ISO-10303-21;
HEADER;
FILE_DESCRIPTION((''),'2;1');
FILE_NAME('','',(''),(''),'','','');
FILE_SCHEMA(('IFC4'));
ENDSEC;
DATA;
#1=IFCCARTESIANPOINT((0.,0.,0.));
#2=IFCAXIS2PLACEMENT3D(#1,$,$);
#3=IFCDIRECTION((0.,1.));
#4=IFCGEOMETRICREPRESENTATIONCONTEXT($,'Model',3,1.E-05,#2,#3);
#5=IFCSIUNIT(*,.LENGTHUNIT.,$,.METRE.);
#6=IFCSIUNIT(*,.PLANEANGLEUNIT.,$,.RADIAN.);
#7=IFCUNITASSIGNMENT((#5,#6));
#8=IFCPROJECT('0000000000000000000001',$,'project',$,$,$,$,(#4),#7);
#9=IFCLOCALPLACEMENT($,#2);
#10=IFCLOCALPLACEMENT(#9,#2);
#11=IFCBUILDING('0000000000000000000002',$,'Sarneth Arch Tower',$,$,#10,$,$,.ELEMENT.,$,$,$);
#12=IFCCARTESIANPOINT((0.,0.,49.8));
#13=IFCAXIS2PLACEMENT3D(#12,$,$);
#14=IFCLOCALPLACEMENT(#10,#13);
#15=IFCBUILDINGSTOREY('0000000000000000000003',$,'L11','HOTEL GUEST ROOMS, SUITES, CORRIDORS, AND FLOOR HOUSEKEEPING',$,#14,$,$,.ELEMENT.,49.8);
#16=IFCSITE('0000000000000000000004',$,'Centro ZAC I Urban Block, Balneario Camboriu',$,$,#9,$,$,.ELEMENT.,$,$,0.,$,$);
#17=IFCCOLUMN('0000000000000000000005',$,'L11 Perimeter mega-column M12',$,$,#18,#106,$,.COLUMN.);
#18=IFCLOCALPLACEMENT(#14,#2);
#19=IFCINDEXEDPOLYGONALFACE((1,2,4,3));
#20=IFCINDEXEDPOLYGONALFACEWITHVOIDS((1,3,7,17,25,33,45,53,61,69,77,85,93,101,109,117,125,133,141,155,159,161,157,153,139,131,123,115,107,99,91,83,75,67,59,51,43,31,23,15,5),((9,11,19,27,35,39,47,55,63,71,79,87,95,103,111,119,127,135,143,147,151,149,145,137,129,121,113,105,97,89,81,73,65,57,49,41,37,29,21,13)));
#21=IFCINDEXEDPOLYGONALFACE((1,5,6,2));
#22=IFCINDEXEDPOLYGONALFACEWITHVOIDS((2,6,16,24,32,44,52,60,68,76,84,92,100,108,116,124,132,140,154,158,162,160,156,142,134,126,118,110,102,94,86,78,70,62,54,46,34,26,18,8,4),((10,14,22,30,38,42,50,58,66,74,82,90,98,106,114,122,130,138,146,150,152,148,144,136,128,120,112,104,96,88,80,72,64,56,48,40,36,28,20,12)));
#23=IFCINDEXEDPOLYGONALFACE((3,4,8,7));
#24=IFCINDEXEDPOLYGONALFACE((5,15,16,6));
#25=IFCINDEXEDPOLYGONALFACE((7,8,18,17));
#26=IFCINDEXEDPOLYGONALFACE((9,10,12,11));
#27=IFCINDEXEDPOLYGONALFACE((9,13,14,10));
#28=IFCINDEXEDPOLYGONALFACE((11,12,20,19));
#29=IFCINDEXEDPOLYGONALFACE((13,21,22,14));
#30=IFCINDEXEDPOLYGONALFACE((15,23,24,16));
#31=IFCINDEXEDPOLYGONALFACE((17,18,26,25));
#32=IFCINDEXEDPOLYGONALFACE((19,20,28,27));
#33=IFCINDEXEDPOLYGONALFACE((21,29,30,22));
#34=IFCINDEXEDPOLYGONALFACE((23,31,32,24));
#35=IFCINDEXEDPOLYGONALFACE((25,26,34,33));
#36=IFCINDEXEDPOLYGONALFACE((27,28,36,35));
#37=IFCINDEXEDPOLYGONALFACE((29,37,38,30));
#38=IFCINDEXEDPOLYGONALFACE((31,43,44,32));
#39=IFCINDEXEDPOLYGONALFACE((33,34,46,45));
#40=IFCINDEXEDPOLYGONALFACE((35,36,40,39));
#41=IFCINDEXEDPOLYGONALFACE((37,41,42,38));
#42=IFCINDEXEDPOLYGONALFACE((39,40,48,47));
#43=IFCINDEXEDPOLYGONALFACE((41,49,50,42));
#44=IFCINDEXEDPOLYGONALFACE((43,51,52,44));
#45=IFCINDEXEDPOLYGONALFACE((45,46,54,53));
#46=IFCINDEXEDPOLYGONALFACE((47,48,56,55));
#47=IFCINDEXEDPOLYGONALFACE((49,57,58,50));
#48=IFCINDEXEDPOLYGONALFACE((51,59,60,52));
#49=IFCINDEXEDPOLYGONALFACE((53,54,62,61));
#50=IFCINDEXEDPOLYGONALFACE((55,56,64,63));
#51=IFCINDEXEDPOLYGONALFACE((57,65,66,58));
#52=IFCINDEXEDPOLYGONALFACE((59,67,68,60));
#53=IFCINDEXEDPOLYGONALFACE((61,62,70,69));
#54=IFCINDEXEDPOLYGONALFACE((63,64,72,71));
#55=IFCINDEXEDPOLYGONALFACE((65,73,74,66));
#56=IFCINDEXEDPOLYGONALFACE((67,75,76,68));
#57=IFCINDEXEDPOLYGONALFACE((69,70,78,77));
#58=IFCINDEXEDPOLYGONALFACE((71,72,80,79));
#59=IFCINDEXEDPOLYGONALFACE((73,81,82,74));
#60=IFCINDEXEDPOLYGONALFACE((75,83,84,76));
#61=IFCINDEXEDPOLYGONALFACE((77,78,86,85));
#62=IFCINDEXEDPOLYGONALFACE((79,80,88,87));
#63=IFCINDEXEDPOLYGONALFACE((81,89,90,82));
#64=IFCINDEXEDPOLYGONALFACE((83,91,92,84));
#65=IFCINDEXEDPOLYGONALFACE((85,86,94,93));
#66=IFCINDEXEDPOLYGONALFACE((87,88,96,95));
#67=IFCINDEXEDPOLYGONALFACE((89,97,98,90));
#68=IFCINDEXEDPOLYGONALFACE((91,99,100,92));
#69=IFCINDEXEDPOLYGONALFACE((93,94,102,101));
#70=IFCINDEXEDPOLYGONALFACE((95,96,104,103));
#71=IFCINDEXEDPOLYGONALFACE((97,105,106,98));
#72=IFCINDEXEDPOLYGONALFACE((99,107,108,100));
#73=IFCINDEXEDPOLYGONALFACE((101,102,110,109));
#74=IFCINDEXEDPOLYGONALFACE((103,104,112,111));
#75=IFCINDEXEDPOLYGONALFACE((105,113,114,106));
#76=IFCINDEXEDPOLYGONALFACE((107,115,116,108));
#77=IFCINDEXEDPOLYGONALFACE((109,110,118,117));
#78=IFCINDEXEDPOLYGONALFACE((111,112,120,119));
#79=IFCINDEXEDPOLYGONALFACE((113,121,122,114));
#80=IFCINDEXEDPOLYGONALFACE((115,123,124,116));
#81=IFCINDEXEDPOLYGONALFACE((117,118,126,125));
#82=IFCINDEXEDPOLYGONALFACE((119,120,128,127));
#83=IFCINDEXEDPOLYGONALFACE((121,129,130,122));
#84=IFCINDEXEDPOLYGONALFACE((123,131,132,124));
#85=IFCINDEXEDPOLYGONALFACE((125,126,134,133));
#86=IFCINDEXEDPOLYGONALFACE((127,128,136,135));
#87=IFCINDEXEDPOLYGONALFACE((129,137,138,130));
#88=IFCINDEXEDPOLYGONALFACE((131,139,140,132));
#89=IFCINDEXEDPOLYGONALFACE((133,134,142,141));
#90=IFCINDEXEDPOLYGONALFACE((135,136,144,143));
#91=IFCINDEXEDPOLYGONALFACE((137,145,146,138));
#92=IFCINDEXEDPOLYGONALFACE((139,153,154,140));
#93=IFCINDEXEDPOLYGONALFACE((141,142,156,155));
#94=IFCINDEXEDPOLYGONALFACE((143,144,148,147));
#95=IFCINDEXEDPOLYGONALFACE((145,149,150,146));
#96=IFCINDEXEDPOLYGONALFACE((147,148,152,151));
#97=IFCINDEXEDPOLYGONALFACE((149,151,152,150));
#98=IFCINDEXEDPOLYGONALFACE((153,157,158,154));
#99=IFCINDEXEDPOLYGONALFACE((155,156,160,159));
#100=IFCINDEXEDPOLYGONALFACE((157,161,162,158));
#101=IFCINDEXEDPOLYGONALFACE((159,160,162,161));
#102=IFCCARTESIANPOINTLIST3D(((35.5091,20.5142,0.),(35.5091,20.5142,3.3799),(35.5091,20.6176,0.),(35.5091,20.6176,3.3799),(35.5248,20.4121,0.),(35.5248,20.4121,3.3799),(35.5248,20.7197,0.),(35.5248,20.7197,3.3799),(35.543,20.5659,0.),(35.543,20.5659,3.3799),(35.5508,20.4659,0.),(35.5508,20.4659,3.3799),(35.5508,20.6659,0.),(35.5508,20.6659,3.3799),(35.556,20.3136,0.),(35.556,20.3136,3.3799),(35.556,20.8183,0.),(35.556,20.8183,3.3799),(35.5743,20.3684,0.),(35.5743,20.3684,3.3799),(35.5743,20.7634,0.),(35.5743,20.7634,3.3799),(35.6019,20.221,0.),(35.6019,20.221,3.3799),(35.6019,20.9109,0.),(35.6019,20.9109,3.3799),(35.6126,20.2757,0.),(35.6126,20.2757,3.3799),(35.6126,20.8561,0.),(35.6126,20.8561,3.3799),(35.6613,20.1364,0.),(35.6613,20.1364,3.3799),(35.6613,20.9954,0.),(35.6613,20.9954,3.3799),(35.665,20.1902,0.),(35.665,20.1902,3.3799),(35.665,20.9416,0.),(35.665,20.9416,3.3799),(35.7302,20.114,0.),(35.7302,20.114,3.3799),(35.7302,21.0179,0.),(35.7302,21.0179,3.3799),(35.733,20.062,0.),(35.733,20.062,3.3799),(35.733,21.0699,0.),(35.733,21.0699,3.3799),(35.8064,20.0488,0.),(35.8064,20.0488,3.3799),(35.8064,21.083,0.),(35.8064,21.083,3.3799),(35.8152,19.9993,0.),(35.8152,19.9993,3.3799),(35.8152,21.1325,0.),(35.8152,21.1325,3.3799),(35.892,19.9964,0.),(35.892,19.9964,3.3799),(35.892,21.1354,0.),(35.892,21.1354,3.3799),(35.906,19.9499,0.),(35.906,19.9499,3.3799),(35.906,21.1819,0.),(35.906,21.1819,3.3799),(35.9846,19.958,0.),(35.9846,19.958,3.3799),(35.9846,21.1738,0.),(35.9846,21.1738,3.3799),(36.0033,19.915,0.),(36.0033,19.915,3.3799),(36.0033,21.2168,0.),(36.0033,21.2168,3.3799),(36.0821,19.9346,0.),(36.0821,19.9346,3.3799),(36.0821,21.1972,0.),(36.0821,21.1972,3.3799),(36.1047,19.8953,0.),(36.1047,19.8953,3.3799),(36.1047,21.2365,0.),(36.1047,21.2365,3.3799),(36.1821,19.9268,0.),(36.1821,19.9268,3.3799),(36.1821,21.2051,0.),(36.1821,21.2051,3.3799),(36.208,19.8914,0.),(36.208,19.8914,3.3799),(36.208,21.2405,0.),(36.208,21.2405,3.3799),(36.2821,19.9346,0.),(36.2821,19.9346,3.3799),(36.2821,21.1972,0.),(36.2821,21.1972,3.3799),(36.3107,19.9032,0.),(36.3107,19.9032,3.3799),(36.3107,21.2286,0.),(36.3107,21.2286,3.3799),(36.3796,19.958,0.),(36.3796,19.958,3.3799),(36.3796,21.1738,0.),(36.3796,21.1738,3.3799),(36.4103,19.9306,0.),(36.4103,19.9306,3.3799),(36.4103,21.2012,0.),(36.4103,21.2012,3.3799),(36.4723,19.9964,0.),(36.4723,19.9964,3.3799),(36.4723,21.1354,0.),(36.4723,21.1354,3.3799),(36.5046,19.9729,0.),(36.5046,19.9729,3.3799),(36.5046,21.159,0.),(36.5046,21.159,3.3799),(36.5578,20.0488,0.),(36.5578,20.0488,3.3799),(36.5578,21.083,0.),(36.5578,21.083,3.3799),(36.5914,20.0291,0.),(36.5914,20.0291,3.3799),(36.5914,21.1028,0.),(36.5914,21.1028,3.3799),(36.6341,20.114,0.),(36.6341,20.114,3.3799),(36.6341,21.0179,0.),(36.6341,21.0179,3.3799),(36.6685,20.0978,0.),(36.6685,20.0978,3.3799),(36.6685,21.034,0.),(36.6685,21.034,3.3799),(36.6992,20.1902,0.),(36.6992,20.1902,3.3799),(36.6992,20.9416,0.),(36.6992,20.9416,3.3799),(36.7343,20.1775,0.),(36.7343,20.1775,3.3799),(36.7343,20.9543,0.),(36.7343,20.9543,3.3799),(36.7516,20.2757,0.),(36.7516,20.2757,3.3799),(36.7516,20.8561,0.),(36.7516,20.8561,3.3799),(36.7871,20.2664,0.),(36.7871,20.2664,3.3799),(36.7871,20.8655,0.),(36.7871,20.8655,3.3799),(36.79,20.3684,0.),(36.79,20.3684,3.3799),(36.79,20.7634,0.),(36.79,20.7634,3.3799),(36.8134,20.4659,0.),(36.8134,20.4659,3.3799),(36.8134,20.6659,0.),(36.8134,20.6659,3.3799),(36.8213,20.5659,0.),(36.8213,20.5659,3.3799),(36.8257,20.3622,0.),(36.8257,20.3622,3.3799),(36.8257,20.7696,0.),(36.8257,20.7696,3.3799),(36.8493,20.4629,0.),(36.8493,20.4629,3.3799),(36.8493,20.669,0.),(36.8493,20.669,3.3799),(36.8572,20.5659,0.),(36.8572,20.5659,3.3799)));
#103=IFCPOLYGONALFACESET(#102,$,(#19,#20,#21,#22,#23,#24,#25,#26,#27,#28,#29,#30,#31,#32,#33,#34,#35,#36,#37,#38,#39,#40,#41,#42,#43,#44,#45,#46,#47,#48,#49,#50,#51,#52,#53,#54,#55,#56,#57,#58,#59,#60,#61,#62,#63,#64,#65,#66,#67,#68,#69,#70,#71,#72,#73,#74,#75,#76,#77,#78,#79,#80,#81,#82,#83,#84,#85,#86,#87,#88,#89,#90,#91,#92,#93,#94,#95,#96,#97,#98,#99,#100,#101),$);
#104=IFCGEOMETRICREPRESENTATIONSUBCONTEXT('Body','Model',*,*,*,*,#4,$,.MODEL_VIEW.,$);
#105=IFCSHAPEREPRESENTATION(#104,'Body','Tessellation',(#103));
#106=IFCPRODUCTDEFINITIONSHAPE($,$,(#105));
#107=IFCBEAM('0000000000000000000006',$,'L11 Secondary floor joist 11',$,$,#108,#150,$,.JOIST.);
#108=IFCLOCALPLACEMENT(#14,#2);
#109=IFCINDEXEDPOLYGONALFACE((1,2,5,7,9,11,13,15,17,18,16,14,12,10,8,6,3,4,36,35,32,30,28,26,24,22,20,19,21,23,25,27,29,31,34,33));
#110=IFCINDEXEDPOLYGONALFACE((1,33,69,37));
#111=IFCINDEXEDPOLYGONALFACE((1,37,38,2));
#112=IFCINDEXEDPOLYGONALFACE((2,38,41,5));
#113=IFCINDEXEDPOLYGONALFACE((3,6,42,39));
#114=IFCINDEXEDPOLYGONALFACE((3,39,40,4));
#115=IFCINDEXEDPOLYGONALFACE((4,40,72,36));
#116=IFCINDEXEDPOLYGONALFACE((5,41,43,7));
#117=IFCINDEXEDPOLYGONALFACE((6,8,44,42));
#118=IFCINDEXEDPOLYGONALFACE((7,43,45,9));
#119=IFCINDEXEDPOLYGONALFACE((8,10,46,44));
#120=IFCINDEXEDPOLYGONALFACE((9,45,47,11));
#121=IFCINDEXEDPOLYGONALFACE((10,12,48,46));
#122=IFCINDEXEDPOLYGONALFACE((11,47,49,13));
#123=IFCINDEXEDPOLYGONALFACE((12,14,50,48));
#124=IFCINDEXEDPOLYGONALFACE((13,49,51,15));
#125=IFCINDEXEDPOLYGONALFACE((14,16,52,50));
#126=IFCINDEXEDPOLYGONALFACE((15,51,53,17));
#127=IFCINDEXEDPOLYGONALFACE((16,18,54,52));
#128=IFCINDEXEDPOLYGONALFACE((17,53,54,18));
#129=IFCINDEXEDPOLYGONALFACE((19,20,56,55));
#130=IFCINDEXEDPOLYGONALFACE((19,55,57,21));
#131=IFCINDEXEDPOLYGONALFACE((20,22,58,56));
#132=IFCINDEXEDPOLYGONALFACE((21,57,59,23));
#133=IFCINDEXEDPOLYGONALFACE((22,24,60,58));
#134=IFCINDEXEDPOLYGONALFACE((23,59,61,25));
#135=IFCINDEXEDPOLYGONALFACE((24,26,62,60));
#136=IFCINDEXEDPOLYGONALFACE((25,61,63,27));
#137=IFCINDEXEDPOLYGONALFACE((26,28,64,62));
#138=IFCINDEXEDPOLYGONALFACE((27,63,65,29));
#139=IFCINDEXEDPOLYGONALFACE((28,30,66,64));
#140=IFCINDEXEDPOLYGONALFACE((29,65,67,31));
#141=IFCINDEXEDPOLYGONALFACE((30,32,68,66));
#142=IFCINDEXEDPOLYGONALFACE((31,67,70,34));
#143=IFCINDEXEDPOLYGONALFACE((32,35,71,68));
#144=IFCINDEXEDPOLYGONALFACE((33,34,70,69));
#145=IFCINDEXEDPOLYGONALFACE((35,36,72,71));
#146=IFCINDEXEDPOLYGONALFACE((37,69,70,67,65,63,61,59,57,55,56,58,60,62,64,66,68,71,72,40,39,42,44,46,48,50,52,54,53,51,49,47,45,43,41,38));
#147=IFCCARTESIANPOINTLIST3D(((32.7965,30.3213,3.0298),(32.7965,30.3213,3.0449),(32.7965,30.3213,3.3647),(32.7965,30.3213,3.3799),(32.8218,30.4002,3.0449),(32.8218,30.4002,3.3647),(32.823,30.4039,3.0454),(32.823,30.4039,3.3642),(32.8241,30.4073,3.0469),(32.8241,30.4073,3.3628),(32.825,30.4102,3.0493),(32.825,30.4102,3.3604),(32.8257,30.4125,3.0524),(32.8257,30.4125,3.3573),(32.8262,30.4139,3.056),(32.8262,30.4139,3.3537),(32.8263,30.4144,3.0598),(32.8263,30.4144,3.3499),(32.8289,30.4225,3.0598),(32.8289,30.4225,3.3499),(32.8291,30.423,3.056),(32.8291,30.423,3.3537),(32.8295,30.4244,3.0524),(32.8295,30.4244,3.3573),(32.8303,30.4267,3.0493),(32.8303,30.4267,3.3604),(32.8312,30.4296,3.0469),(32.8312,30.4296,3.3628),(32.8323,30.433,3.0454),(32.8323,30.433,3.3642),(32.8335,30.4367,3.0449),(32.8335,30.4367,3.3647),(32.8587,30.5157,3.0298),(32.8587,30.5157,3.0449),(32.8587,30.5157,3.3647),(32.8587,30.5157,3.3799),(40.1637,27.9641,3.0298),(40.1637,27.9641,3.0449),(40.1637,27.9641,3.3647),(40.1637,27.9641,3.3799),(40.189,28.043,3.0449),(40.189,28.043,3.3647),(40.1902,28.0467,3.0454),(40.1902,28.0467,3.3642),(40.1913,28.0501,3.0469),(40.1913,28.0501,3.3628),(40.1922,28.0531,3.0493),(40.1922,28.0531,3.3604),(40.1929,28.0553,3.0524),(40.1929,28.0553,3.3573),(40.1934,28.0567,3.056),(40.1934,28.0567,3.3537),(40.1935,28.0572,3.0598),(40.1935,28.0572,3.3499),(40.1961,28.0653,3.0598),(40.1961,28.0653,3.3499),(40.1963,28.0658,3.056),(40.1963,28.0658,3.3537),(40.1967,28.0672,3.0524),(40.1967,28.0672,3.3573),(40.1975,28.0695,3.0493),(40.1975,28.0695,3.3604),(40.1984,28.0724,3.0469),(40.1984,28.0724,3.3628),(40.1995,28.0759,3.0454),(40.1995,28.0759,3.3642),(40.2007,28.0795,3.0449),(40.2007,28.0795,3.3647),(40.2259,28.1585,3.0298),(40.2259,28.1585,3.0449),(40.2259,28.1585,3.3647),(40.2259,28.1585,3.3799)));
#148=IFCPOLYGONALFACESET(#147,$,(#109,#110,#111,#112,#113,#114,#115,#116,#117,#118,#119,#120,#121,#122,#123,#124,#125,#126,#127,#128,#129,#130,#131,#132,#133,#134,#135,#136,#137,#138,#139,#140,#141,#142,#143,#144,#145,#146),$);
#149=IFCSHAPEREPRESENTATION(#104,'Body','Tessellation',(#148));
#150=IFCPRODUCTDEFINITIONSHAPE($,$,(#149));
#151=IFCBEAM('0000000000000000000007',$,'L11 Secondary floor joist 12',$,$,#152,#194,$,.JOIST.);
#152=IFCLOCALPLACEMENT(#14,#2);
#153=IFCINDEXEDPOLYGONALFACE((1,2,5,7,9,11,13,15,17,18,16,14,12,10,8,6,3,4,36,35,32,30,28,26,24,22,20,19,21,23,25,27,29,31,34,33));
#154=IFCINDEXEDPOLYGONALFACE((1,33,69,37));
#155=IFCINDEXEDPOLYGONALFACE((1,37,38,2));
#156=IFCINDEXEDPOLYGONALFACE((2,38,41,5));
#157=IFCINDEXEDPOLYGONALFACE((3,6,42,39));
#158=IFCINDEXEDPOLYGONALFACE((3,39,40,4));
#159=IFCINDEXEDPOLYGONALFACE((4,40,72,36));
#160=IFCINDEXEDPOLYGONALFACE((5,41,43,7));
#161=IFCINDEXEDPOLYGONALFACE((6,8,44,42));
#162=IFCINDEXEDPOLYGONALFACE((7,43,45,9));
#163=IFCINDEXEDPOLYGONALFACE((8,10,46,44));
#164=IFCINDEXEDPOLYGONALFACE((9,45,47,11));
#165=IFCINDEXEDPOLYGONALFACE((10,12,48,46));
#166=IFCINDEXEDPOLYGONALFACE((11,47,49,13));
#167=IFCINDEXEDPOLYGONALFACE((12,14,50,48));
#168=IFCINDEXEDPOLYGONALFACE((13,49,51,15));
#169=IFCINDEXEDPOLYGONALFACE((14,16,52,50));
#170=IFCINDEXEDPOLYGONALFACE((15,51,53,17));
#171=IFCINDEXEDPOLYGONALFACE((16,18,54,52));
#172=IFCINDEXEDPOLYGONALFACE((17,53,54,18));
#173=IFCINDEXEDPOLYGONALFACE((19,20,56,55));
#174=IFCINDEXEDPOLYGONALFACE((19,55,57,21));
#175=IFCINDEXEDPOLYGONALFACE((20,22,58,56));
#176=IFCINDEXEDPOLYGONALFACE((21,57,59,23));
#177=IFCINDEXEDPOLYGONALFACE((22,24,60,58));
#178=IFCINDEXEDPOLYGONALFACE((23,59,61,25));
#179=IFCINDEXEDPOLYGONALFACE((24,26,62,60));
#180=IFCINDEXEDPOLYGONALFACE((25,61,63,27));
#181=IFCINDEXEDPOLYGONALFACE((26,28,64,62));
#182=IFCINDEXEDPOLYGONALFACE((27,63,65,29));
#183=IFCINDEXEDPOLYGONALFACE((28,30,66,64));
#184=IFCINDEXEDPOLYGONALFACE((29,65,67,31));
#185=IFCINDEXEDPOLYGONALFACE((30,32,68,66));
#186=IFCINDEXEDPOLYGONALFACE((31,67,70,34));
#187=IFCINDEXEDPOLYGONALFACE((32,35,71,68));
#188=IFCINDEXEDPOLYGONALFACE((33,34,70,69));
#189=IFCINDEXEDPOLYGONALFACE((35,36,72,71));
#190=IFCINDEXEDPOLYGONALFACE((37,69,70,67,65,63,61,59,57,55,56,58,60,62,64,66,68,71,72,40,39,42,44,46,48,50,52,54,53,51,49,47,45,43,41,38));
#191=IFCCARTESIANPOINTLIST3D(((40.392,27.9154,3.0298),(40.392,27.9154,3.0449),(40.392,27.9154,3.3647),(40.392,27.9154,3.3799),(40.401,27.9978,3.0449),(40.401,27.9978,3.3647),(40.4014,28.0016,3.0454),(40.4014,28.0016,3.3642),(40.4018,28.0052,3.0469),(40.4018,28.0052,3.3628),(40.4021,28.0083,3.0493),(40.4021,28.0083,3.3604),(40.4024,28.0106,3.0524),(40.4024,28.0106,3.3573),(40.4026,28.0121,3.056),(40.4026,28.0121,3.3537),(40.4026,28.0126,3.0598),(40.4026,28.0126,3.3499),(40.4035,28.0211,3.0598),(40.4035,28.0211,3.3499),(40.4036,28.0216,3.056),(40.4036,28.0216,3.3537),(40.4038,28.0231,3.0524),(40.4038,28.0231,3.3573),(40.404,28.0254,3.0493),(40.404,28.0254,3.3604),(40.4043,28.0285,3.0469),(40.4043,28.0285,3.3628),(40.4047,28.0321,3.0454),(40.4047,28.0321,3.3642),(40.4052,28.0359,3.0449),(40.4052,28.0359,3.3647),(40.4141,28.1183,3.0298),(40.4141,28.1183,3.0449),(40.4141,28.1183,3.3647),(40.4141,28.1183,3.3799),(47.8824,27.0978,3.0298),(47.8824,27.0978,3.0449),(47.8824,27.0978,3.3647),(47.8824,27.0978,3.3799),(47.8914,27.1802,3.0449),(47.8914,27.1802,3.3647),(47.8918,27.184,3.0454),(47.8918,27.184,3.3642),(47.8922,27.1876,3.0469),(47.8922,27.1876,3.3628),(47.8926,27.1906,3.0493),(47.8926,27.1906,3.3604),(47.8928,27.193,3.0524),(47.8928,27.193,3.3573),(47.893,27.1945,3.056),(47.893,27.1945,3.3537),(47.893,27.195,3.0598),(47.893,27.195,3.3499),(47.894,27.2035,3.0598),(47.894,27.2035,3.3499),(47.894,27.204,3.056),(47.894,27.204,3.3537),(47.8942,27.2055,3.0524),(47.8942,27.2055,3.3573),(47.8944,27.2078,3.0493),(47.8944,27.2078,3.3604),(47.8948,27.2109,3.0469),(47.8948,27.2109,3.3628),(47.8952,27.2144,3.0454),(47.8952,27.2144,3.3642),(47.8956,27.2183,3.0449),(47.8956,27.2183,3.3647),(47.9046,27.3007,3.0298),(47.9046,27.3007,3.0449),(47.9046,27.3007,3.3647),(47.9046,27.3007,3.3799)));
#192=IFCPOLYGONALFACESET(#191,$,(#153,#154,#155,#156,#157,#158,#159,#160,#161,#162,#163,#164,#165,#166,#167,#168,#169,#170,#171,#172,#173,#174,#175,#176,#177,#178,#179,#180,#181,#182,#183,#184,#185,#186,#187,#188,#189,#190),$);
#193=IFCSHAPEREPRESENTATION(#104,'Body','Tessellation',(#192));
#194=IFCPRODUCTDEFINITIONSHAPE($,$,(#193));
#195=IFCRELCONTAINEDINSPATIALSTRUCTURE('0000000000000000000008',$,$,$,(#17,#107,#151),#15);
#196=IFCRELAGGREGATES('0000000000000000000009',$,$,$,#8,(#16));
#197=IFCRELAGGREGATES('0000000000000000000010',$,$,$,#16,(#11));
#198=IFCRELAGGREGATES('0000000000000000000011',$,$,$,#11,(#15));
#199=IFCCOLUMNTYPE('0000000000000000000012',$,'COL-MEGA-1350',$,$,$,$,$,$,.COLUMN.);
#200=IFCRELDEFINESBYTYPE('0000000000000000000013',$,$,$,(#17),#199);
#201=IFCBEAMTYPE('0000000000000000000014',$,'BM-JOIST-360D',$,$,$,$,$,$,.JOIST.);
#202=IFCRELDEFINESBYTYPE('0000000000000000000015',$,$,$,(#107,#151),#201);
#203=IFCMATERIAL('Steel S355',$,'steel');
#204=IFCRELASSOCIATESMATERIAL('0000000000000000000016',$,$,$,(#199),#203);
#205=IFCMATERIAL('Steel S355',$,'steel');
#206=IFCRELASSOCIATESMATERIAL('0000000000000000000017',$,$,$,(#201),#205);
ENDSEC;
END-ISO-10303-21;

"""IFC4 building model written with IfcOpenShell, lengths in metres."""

from ifc_helpers import new_model, si_unit, direction, frame, origin, origin_2d, place, context, subcontext, project, spatial, hollow_circle, i_section, extrude, material, material_profile, profile_set, type_object, element, save


model = new_model("IFC4")

# Units and contexts
model_context = context("Model", 3, precision=1e-05, world=origin(), true_north=direction((0.0, 1.0)))
body_context = subcontext(model_context, "Body", "Model", "MODEL_VIEW")
ifc_project = project(units=[si_unit("LENGTHUNIT", "METRE"), si_unit("PLANEANGLEUNIT", "RADIAN")], contexts=[model_context])

# Site, building, storey
site_placement = place(None, origin())
site = spatial("IfcSite", under=ifc_project, at=site_placement, Name="Centro ZAC I Urban Block, Balneario Camboriu", CompositionType="ELEMENT", RefElevation=0.0)
building_placement = place(site_placement, origin())
building = spatial("IfcBuilding", under=site, at=building_placement, Name="Sarneth Arch Tower", CompositionType="ELEMENT")
storey_placement = place(building_placement, frame((0.0, 0.0, 49.8)))
storey = spatial("IfcBuildingStorey", under=building, at=storey_placement, Name="L11", Description="HOTEL GUEST ROOMS, SUITES, CORRIDORS, AND FLOOR HOUSEKEEPING", CompositionType="ELEMENT", Elevation=49.8)

# Column
ifc_material_1 = material(Name="Steel S355", Category="steel")
ifc_material_profile_1 = material_profile(ifc_material_1, hollow_circle(Radius=0.675, WallThickness=0.0359, at=origin_2d()), Name="CHS1350x36")
ifc_profile_set_1 = profile_set([ifc_material_profile_1], Name="Steel S355")
column_type = type_object("IfcColumnType", Name="COL-MEGA-1350", PredefinedType="COLUMN", material=ifc_profile_set_1)
column_placement = place(storey_placement, frame((36.1821, 20.5659, 0.0), z_axis=(0.0, 0.0, 1.0), x_axis=(1.0, 0.0, 0.0)))
element("IfcColumn", 1, at=column_placement, inside=storey, type_object=column_type, Name="L11 Perimeter mega-column M12", PredefinedType="COLUMN", context=body_context, shape_type="SweptSolid", body=[
    extrude(hollow_circle(Radius=0.675, WallThickness=0.0359, at=origin_2d()), origin(), (0.0, 0.0, 1.0), 3.3799),
])

# Beams
ifc_material_2 = material(Name="Steel S355", Category="steel")
ifc_material_profile_2 = material_profile(ifc_material_2, i_section(OverallWidth=0.2041, OverallDepth=0.3501, WebThickness=0.0085, FlangeThickness=0.0151, FilletRadius=0.0149, at=origin_2d()), Name="W360x72")
ifc_profile_set_2 = profile_set([ifc_material_profile_2], Name="Steel S355")
beam_type_1 = type_object("IfcBeamType", Name="BM-JOIST-360D", PredefinedType="JOIST", material=ifc_profile_set_2)
beam_1_placement = place(storey_placement, frame((32.8276, 30.4185, 3.2048), z_axis=(0.952436, -0.304738, 0.0), x_axis=(0.304738, 0.952436, 0.0)))
element("IfcBeam", 2, at=beam_1_placement, inside=storey, type_object=beam_type_1, Name="L11 Secondary floor joist 11", PredefinedType="JOIST", context=body_context, shape_type="SweptSolid", body=[
    extrude(i_section(OverallWidth=0.2041, OverallDepth=0.3501, WebThickness=0.0085, FlangeThickness=0.0151, FilletRadius=0.0149, at=origin_2d()), origin(), (0.0, 0.0, 1.0), 7.7351),
])
beam_2_placement = place(storey_placement, frame((40.4031, 28.0168, 3.2048), z_axis=(0.994095, -0.108511, 0.0), x_axis=(0.108511, 0.994095, 0.0)))
element("IfcBeam", 3, at=beam_2_placement, inside=storey, type_object=beam_type_1, Name="L11 Secondary floor joist 12", PredefinedType="JOIST", context=body_context, shape_type="SweptSolid", body=[
    extrude(i_section(OverallWidth=0.2041, OverallDepth=0.3501, WebThickness=0.0085, FlangeThickness=0.0151, FilletRadius=0.0149, at=origin_2d()), origin(), (0.0, 0.0, 1.0), 7.5349),
])

save(model, "model.ifc")
